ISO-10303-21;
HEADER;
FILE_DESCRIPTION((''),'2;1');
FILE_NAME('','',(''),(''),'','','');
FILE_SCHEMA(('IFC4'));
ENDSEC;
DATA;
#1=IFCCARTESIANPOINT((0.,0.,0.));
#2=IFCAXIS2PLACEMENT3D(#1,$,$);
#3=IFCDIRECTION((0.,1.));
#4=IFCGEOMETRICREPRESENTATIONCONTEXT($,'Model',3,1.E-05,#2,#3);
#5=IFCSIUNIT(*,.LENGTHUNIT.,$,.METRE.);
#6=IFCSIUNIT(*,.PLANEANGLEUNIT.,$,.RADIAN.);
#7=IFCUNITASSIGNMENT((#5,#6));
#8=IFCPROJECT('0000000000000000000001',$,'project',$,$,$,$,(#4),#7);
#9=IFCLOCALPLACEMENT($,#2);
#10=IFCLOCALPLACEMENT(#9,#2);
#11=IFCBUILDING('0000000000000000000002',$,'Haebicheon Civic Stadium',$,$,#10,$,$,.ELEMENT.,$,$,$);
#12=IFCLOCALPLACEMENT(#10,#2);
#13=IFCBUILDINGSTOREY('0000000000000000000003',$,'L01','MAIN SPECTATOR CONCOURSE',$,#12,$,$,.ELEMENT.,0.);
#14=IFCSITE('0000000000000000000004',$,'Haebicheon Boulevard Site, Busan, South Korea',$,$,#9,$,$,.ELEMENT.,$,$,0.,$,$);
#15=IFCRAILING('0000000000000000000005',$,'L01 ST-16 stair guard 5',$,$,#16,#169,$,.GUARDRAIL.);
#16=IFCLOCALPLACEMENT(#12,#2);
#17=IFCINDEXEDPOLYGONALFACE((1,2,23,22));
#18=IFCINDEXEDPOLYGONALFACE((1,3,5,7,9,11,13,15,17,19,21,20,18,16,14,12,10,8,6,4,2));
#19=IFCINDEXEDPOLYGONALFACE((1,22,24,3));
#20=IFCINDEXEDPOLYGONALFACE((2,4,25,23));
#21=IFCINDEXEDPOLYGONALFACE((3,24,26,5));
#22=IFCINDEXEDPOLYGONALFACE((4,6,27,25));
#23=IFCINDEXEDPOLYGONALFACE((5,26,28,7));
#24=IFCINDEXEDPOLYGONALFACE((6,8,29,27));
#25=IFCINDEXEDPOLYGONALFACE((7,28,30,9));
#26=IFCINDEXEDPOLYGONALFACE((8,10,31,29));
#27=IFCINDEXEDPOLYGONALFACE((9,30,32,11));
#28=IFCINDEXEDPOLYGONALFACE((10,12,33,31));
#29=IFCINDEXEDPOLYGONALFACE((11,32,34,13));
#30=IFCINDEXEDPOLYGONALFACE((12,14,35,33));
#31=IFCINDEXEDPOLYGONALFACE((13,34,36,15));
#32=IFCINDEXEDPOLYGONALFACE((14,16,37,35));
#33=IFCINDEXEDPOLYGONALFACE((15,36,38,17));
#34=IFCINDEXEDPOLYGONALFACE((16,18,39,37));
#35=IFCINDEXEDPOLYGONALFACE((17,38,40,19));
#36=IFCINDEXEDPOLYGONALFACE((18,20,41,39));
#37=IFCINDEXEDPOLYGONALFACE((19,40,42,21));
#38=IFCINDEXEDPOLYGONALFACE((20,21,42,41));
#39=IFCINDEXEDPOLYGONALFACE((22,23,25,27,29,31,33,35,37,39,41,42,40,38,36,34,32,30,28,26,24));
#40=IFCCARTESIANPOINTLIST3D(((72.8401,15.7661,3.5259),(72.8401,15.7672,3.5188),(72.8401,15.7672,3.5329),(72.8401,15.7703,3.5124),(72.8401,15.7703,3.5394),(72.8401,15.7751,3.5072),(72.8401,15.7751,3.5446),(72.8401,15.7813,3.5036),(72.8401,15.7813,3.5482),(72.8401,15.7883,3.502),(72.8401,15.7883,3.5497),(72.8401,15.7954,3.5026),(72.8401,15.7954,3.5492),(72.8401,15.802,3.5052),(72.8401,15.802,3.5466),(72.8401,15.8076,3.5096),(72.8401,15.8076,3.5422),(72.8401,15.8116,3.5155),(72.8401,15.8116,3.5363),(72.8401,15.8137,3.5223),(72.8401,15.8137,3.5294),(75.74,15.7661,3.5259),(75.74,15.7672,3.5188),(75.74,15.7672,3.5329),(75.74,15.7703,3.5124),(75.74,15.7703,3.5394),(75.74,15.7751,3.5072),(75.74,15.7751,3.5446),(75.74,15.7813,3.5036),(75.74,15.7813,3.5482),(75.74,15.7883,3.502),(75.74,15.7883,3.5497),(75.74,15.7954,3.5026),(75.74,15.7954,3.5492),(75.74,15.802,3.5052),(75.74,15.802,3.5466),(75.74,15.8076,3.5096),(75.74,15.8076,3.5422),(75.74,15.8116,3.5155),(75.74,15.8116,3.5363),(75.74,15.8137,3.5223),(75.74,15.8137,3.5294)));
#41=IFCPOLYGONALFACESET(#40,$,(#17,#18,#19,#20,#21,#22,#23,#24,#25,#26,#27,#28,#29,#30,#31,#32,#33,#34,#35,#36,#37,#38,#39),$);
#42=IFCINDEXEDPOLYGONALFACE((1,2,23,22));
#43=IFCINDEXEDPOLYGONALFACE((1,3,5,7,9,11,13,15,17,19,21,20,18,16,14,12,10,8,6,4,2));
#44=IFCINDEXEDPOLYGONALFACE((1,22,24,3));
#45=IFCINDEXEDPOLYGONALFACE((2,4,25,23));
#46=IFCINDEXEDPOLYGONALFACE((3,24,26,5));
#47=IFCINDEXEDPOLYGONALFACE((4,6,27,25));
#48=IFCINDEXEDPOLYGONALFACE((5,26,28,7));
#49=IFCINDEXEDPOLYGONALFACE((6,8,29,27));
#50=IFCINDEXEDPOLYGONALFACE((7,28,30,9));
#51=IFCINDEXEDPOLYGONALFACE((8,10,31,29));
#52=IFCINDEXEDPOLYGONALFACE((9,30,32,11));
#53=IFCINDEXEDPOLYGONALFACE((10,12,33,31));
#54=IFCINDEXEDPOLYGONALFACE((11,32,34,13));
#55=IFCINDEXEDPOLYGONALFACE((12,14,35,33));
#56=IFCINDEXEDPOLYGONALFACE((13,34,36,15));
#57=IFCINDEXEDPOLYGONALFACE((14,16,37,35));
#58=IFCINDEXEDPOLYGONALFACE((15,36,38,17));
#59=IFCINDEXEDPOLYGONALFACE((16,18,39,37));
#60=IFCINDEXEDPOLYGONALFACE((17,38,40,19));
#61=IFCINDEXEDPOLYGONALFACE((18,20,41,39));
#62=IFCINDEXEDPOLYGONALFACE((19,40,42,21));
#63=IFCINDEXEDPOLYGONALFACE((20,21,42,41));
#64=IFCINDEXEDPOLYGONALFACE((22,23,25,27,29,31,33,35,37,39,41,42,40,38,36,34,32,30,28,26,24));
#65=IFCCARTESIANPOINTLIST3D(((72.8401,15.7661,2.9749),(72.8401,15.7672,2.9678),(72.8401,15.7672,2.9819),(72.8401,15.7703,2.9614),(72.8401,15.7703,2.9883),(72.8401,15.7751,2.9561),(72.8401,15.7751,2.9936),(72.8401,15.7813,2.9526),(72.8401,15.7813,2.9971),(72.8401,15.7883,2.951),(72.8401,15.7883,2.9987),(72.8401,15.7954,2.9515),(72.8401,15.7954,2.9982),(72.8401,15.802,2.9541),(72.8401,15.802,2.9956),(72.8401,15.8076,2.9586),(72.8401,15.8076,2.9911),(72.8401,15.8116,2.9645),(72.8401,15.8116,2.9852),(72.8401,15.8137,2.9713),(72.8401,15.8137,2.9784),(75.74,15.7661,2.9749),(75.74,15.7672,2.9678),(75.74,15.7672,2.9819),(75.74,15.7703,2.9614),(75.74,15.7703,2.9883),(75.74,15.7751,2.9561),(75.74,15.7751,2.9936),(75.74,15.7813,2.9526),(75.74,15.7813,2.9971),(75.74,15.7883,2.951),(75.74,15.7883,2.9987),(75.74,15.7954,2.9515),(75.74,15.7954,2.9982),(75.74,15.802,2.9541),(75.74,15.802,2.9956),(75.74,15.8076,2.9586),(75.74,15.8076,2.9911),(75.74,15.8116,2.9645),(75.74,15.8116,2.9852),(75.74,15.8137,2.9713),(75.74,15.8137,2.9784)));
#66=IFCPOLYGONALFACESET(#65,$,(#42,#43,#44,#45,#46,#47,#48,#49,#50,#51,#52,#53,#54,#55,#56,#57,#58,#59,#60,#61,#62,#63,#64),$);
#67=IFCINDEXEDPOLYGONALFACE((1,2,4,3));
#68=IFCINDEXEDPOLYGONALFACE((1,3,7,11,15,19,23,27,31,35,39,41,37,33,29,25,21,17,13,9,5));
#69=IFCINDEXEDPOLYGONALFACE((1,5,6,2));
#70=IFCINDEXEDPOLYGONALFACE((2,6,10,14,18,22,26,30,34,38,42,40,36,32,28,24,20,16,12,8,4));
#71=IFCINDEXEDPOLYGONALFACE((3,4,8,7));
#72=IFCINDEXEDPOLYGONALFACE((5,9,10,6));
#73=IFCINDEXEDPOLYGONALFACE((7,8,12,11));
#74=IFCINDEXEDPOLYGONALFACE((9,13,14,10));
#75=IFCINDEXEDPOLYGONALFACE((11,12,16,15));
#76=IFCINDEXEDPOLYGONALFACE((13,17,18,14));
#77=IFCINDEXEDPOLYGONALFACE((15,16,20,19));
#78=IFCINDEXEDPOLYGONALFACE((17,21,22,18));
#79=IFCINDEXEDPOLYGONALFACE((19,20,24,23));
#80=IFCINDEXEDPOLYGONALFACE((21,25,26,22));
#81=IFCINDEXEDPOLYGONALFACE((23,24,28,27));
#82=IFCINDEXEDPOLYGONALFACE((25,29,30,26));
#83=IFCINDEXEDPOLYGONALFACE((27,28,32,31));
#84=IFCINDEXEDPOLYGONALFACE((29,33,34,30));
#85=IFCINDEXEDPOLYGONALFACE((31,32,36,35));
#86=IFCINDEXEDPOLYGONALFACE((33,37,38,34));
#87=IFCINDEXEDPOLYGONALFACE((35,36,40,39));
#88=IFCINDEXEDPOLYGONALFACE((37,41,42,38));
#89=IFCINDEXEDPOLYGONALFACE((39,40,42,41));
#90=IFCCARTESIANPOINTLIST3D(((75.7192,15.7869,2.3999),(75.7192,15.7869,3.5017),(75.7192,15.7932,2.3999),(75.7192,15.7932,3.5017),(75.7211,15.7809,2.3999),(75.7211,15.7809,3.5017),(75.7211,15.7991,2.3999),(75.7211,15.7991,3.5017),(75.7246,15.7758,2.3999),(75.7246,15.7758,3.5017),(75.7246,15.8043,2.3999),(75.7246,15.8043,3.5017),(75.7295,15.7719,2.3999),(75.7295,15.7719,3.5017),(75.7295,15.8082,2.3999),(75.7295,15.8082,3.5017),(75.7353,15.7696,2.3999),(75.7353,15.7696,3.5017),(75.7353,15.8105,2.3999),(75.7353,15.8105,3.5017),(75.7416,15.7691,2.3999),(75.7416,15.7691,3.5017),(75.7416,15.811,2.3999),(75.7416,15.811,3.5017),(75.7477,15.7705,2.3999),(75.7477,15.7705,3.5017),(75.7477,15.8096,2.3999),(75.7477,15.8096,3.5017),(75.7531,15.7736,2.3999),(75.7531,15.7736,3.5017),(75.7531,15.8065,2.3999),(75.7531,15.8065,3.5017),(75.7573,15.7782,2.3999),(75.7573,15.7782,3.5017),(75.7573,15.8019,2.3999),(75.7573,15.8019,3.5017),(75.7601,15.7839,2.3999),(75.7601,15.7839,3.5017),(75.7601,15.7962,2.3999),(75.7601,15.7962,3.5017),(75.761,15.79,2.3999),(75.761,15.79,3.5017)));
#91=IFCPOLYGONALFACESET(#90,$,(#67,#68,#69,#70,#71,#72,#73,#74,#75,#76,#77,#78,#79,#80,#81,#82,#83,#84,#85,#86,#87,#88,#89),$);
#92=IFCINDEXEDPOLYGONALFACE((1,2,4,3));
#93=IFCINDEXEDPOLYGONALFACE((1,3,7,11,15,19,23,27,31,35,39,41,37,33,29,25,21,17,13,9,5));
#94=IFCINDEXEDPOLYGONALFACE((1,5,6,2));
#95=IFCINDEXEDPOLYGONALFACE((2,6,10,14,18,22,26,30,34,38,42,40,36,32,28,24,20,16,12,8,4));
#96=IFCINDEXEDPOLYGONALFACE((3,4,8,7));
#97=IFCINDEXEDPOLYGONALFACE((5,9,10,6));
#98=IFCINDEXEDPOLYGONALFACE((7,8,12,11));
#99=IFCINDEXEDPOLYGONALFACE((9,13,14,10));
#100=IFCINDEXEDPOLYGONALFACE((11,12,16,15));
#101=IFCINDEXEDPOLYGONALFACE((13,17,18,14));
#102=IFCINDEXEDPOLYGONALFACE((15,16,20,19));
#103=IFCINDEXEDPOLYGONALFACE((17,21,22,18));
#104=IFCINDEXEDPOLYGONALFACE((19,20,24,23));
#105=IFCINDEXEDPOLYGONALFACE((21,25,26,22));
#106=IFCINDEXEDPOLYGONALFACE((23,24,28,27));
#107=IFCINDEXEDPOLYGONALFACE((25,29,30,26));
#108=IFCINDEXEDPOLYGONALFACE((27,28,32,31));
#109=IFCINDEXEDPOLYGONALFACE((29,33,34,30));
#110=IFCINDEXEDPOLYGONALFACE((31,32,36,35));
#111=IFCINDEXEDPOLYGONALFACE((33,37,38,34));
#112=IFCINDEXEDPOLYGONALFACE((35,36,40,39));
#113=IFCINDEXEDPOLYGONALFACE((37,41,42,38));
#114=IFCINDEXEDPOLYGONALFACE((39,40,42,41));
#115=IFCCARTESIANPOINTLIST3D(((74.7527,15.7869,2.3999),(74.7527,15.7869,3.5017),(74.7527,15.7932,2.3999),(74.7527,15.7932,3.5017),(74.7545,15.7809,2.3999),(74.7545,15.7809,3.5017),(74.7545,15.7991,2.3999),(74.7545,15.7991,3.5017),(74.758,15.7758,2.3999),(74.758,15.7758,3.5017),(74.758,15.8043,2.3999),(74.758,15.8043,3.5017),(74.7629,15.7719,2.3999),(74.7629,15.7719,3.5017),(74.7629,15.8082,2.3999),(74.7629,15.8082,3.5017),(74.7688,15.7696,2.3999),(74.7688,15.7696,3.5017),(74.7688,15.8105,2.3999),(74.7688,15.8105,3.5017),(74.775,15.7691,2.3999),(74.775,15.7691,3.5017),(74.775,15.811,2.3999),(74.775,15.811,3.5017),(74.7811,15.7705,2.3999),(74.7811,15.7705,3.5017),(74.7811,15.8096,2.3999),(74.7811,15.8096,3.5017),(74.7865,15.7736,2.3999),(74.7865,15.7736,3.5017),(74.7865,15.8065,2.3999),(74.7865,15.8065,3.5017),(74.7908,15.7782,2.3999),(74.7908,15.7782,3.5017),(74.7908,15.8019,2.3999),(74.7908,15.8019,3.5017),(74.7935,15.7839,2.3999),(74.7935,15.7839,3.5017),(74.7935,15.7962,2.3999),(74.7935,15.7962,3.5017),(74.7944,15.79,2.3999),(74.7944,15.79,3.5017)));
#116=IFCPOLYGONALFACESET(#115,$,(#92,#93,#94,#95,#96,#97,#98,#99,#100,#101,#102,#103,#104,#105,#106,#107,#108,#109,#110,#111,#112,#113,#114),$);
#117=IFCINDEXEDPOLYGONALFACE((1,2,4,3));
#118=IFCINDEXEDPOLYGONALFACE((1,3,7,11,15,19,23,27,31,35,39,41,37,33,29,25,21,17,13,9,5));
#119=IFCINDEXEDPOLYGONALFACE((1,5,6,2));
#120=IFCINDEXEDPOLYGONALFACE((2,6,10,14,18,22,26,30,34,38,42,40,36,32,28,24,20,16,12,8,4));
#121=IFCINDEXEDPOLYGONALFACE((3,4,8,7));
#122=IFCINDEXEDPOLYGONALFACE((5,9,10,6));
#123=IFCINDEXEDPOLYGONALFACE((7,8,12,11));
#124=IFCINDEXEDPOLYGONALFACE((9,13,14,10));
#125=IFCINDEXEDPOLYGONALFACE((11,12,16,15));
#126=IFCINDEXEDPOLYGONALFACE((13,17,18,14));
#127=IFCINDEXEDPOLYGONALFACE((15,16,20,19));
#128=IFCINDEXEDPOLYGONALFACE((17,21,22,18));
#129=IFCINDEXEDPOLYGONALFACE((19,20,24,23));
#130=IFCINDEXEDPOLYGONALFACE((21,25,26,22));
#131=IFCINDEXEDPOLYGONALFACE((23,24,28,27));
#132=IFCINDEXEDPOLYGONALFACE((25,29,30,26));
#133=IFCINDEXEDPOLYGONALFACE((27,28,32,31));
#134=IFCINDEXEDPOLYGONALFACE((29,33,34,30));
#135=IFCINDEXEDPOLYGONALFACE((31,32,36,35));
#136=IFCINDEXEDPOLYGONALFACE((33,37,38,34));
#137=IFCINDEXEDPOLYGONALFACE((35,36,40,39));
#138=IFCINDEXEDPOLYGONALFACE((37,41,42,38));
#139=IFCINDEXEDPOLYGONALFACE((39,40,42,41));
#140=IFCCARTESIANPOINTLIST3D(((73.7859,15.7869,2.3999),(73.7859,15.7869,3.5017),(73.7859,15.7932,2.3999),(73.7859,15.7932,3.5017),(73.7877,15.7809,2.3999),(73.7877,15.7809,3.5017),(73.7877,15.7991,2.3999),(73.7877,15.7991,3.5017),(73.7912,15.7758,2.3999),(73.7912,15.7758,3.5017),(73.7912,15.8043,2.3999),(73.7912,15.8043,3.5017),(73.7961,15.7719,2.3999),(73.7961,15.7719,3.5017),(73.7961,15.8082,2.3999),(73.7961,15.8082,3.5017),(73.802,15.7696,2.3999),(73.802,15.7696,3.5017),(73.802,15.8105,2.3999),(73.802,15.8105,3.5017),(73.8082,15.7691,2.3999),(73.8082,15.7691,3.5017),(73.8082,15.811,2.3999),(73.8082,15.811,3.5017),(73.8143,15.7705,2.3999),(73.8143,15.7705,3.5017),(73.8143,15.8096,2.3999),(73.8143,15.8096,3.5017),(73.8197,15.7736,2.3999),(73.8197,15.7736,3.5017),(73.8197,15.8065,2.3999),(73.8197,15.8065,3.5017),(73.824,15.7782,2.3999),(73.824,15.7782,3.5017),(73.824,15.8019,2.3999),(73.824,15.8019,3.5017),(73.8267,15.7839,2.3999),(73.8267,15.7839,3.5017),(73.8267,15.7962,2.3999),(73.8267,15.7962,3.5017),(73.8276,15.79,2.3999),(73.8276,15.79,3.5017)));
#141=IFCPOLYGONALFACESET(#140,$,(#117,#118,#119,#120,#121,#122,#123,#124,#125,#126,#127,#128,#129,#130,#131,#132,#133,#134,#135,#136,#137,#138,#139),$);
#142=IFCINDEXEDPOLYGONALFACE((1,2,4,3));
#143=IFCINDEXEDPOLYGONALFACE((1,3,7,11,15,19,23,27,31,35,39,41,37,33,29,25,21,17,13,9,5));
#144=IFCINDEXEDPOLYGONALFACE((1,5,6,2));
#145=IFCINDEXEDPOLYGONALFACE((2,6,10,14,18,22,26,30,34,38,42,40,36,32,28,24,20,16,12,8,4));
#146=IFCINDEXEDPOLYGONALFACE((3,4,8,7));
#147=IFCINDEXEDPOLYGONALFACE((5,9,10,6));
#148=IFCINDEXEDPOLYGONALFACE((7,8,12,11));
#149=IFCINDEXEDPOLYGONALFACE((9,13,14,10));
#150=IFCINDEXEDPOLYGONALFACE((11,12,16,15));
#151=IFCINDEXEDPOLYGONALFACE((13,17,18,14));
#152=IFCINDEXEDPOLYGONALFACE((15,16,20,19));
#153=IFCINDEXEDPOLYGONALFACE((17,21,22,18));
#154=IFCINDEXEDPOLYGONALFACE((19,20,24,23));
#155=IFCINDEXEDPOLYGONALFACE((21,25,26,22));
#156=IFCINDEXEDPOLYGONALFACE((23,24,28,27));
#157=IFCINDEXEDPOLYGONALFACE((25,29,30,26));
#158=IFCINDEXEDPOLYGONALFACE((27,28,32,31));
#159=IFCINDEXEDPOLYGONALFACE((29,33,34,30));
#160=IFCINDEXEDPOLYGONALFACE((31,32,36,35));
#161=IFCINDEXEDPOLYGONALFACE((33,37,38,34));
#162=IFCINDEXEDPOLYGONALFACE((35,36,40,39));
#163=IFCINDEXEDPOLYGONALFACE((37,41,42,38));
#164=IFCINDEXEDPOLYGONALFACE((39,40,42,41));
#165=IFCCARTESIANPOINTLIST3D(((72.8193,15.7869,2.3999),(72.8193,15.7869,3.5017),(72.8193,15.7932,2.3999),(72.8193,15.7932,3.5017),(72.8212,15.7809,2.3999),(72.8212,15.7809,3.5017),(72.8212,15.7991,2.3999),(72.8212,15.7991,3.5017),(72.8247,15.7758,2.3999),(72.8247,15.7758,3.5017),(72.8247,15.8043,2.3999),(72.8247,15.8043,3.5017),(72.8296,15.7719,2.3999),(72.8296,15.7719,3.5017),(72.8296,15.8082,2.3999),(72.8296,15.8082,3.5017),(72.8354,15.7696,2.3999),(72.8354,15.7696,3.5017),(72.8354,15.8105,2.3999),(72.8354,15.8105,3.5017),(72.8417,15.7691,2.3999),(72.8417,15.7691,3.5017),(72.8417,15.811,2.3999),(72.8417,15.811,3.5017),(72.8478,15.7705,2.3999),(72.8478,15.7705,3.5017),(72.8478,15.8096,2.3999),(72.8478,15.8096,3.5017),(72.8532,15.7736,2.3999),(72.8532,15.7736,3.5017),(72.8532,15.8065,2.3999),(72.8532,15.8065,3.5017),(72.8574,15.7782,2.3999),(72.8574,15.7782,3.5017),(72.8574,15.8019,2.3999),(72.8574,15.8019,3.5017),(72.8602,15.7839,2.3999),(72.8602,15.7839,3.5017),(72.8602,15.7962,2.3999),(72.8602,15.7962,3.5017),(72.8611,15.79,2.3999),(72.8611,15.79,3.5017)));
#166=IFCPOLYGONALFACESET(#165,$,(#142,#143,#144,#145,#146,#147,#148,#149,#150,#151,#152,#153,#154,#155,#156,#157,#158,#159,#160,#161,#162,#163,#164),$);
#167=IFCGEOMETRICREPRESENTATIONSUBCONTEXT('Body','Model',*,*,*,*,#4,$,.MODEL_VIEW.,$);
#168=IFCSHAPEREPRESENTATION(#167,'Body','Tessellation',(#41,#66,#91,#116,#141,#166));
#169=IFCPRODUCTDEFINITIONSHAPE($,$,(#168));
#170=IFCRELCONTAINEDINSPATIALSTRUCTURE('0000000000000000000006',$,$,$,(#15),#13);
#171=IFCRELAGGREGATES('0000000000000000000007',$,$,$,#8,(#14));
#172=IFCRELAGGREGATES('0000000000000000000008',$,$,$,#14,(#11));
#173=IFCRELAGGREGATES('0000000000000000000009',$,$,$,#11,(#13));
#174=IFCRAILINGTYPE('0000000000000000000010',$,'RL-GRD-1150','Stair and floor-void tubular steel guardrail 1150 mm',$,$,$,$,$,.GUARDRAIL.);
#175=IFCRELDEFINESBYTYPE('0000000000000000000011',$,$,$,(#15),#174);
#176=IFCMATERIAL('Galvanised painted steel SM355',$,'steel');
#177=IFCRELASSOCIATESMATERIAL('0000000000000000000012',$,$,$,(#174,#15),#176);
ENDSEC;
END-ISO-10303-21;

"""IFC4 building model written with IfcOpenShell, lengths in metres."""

from ifc_helpers import new_model, si_unit, direction, frame, origin, origin_2d, place, context, subcontext, project, spatial, circle, extrude, material, type_object, element, save


model = new_model("IFC4")

# Units and contexts
model_context = context("Model", 3, precision=1e-05, world=origin(), true_north=direction((0.0, 1.0)))
body_context = subcontext(model_context, "Body", "Model", "MODEL_VIEW")
ifc_project = project(units=[si_unit("LENGTHUNIT", "METRE"), si_unit("PLANEANGLEUNIT", "RADIAN")], contexts=[model_context])

# Site, building, storey
site_placement = place(None, origin())
site = spatial("IfcSite", under=ifc_project, at=site_placement, Name="Haebicheon Boulevard Site, Busan, South Korea", CompositionType="ELEMENT", RefElevation=0.0)
building_placement = place(site_placement, origin())
building = spatial("IfcBuilding", under=site, at=building_placement, Name="Haebicheon Civic Stadium", CompositionType="ELEMENT")
storey_placement = place(building_placement, origin())
storey = spatial("IfcBuildingStorey", under=building, at=storey_placement, Name="L01", Description="MAIN SPECTATOR CONCOURSE", CompositionType="ELEMENT", Elevation=0.0)

# Railing
ifc_material_1 = material(Name="Galvanised painted steel SM355", Category="steel")
railing_type_1 = type_object("IfcRailingType", Name="RL-GRD-1150", Description="Stair and floor-void tubular steel guardrail 1150 mm", PredefinedType="GUARDRAIL", material=ifc_material_1)
railing_1_placement = place(storey_placement, frame((75.74, 15.79, 2.3999)))
element("IfcRailing", 1, at=railing_1_placement, inside=storey, type_object=railing_type_1, material=ifc_material_1, Name="L01 ST-16 stair guard 5", PredefinedType="GUARDRAIL", context=body_context, shape_type="SweptSolid", body=[
    extrude(circle(Radius=0.0239, at=origin_2d()), frame((0.0, 0.0, 1.126), z_axis=(-1.0, 0.0, 0.0), x_axis=(0.0, -1.0, 0.0)), (0.0, 0.0, 1.0), 2.8999),
    extrude(circle(Radius=0.0239, at=origin_2d()), frame((0.0, 0.0, 0.575), z_axis=(-1.0, 0.0, 0.0), x_axis=(0.0, -1.0, 0.0)), (0.0, 0.0, 1.0), 2.8999),
    extrude(circle(Radius=0.021, at=origin_2d()), origin(), (0.0, 0.0, 1.0), 1.1018),
    extrude(circle(Radius=0.021, at=origin_2d()), frame((-0.9666, 0.0, 0.0)), (0.0, 0.0, 1.0), 1.1018),
    extrude(circle(Radius=0.021, at=origin_2d()), frame((-1.9333, 0.0, 0.0)), (0.0, 0.0, 1.0), 1.1018),
    extrude(circle(Radius=0.021, at=origin_2d()), frame((-2.8999, 0.0, 0.0)), (0.0, 0.0, 1.0), 1.1018),
])

save(model, "model.ifc")
